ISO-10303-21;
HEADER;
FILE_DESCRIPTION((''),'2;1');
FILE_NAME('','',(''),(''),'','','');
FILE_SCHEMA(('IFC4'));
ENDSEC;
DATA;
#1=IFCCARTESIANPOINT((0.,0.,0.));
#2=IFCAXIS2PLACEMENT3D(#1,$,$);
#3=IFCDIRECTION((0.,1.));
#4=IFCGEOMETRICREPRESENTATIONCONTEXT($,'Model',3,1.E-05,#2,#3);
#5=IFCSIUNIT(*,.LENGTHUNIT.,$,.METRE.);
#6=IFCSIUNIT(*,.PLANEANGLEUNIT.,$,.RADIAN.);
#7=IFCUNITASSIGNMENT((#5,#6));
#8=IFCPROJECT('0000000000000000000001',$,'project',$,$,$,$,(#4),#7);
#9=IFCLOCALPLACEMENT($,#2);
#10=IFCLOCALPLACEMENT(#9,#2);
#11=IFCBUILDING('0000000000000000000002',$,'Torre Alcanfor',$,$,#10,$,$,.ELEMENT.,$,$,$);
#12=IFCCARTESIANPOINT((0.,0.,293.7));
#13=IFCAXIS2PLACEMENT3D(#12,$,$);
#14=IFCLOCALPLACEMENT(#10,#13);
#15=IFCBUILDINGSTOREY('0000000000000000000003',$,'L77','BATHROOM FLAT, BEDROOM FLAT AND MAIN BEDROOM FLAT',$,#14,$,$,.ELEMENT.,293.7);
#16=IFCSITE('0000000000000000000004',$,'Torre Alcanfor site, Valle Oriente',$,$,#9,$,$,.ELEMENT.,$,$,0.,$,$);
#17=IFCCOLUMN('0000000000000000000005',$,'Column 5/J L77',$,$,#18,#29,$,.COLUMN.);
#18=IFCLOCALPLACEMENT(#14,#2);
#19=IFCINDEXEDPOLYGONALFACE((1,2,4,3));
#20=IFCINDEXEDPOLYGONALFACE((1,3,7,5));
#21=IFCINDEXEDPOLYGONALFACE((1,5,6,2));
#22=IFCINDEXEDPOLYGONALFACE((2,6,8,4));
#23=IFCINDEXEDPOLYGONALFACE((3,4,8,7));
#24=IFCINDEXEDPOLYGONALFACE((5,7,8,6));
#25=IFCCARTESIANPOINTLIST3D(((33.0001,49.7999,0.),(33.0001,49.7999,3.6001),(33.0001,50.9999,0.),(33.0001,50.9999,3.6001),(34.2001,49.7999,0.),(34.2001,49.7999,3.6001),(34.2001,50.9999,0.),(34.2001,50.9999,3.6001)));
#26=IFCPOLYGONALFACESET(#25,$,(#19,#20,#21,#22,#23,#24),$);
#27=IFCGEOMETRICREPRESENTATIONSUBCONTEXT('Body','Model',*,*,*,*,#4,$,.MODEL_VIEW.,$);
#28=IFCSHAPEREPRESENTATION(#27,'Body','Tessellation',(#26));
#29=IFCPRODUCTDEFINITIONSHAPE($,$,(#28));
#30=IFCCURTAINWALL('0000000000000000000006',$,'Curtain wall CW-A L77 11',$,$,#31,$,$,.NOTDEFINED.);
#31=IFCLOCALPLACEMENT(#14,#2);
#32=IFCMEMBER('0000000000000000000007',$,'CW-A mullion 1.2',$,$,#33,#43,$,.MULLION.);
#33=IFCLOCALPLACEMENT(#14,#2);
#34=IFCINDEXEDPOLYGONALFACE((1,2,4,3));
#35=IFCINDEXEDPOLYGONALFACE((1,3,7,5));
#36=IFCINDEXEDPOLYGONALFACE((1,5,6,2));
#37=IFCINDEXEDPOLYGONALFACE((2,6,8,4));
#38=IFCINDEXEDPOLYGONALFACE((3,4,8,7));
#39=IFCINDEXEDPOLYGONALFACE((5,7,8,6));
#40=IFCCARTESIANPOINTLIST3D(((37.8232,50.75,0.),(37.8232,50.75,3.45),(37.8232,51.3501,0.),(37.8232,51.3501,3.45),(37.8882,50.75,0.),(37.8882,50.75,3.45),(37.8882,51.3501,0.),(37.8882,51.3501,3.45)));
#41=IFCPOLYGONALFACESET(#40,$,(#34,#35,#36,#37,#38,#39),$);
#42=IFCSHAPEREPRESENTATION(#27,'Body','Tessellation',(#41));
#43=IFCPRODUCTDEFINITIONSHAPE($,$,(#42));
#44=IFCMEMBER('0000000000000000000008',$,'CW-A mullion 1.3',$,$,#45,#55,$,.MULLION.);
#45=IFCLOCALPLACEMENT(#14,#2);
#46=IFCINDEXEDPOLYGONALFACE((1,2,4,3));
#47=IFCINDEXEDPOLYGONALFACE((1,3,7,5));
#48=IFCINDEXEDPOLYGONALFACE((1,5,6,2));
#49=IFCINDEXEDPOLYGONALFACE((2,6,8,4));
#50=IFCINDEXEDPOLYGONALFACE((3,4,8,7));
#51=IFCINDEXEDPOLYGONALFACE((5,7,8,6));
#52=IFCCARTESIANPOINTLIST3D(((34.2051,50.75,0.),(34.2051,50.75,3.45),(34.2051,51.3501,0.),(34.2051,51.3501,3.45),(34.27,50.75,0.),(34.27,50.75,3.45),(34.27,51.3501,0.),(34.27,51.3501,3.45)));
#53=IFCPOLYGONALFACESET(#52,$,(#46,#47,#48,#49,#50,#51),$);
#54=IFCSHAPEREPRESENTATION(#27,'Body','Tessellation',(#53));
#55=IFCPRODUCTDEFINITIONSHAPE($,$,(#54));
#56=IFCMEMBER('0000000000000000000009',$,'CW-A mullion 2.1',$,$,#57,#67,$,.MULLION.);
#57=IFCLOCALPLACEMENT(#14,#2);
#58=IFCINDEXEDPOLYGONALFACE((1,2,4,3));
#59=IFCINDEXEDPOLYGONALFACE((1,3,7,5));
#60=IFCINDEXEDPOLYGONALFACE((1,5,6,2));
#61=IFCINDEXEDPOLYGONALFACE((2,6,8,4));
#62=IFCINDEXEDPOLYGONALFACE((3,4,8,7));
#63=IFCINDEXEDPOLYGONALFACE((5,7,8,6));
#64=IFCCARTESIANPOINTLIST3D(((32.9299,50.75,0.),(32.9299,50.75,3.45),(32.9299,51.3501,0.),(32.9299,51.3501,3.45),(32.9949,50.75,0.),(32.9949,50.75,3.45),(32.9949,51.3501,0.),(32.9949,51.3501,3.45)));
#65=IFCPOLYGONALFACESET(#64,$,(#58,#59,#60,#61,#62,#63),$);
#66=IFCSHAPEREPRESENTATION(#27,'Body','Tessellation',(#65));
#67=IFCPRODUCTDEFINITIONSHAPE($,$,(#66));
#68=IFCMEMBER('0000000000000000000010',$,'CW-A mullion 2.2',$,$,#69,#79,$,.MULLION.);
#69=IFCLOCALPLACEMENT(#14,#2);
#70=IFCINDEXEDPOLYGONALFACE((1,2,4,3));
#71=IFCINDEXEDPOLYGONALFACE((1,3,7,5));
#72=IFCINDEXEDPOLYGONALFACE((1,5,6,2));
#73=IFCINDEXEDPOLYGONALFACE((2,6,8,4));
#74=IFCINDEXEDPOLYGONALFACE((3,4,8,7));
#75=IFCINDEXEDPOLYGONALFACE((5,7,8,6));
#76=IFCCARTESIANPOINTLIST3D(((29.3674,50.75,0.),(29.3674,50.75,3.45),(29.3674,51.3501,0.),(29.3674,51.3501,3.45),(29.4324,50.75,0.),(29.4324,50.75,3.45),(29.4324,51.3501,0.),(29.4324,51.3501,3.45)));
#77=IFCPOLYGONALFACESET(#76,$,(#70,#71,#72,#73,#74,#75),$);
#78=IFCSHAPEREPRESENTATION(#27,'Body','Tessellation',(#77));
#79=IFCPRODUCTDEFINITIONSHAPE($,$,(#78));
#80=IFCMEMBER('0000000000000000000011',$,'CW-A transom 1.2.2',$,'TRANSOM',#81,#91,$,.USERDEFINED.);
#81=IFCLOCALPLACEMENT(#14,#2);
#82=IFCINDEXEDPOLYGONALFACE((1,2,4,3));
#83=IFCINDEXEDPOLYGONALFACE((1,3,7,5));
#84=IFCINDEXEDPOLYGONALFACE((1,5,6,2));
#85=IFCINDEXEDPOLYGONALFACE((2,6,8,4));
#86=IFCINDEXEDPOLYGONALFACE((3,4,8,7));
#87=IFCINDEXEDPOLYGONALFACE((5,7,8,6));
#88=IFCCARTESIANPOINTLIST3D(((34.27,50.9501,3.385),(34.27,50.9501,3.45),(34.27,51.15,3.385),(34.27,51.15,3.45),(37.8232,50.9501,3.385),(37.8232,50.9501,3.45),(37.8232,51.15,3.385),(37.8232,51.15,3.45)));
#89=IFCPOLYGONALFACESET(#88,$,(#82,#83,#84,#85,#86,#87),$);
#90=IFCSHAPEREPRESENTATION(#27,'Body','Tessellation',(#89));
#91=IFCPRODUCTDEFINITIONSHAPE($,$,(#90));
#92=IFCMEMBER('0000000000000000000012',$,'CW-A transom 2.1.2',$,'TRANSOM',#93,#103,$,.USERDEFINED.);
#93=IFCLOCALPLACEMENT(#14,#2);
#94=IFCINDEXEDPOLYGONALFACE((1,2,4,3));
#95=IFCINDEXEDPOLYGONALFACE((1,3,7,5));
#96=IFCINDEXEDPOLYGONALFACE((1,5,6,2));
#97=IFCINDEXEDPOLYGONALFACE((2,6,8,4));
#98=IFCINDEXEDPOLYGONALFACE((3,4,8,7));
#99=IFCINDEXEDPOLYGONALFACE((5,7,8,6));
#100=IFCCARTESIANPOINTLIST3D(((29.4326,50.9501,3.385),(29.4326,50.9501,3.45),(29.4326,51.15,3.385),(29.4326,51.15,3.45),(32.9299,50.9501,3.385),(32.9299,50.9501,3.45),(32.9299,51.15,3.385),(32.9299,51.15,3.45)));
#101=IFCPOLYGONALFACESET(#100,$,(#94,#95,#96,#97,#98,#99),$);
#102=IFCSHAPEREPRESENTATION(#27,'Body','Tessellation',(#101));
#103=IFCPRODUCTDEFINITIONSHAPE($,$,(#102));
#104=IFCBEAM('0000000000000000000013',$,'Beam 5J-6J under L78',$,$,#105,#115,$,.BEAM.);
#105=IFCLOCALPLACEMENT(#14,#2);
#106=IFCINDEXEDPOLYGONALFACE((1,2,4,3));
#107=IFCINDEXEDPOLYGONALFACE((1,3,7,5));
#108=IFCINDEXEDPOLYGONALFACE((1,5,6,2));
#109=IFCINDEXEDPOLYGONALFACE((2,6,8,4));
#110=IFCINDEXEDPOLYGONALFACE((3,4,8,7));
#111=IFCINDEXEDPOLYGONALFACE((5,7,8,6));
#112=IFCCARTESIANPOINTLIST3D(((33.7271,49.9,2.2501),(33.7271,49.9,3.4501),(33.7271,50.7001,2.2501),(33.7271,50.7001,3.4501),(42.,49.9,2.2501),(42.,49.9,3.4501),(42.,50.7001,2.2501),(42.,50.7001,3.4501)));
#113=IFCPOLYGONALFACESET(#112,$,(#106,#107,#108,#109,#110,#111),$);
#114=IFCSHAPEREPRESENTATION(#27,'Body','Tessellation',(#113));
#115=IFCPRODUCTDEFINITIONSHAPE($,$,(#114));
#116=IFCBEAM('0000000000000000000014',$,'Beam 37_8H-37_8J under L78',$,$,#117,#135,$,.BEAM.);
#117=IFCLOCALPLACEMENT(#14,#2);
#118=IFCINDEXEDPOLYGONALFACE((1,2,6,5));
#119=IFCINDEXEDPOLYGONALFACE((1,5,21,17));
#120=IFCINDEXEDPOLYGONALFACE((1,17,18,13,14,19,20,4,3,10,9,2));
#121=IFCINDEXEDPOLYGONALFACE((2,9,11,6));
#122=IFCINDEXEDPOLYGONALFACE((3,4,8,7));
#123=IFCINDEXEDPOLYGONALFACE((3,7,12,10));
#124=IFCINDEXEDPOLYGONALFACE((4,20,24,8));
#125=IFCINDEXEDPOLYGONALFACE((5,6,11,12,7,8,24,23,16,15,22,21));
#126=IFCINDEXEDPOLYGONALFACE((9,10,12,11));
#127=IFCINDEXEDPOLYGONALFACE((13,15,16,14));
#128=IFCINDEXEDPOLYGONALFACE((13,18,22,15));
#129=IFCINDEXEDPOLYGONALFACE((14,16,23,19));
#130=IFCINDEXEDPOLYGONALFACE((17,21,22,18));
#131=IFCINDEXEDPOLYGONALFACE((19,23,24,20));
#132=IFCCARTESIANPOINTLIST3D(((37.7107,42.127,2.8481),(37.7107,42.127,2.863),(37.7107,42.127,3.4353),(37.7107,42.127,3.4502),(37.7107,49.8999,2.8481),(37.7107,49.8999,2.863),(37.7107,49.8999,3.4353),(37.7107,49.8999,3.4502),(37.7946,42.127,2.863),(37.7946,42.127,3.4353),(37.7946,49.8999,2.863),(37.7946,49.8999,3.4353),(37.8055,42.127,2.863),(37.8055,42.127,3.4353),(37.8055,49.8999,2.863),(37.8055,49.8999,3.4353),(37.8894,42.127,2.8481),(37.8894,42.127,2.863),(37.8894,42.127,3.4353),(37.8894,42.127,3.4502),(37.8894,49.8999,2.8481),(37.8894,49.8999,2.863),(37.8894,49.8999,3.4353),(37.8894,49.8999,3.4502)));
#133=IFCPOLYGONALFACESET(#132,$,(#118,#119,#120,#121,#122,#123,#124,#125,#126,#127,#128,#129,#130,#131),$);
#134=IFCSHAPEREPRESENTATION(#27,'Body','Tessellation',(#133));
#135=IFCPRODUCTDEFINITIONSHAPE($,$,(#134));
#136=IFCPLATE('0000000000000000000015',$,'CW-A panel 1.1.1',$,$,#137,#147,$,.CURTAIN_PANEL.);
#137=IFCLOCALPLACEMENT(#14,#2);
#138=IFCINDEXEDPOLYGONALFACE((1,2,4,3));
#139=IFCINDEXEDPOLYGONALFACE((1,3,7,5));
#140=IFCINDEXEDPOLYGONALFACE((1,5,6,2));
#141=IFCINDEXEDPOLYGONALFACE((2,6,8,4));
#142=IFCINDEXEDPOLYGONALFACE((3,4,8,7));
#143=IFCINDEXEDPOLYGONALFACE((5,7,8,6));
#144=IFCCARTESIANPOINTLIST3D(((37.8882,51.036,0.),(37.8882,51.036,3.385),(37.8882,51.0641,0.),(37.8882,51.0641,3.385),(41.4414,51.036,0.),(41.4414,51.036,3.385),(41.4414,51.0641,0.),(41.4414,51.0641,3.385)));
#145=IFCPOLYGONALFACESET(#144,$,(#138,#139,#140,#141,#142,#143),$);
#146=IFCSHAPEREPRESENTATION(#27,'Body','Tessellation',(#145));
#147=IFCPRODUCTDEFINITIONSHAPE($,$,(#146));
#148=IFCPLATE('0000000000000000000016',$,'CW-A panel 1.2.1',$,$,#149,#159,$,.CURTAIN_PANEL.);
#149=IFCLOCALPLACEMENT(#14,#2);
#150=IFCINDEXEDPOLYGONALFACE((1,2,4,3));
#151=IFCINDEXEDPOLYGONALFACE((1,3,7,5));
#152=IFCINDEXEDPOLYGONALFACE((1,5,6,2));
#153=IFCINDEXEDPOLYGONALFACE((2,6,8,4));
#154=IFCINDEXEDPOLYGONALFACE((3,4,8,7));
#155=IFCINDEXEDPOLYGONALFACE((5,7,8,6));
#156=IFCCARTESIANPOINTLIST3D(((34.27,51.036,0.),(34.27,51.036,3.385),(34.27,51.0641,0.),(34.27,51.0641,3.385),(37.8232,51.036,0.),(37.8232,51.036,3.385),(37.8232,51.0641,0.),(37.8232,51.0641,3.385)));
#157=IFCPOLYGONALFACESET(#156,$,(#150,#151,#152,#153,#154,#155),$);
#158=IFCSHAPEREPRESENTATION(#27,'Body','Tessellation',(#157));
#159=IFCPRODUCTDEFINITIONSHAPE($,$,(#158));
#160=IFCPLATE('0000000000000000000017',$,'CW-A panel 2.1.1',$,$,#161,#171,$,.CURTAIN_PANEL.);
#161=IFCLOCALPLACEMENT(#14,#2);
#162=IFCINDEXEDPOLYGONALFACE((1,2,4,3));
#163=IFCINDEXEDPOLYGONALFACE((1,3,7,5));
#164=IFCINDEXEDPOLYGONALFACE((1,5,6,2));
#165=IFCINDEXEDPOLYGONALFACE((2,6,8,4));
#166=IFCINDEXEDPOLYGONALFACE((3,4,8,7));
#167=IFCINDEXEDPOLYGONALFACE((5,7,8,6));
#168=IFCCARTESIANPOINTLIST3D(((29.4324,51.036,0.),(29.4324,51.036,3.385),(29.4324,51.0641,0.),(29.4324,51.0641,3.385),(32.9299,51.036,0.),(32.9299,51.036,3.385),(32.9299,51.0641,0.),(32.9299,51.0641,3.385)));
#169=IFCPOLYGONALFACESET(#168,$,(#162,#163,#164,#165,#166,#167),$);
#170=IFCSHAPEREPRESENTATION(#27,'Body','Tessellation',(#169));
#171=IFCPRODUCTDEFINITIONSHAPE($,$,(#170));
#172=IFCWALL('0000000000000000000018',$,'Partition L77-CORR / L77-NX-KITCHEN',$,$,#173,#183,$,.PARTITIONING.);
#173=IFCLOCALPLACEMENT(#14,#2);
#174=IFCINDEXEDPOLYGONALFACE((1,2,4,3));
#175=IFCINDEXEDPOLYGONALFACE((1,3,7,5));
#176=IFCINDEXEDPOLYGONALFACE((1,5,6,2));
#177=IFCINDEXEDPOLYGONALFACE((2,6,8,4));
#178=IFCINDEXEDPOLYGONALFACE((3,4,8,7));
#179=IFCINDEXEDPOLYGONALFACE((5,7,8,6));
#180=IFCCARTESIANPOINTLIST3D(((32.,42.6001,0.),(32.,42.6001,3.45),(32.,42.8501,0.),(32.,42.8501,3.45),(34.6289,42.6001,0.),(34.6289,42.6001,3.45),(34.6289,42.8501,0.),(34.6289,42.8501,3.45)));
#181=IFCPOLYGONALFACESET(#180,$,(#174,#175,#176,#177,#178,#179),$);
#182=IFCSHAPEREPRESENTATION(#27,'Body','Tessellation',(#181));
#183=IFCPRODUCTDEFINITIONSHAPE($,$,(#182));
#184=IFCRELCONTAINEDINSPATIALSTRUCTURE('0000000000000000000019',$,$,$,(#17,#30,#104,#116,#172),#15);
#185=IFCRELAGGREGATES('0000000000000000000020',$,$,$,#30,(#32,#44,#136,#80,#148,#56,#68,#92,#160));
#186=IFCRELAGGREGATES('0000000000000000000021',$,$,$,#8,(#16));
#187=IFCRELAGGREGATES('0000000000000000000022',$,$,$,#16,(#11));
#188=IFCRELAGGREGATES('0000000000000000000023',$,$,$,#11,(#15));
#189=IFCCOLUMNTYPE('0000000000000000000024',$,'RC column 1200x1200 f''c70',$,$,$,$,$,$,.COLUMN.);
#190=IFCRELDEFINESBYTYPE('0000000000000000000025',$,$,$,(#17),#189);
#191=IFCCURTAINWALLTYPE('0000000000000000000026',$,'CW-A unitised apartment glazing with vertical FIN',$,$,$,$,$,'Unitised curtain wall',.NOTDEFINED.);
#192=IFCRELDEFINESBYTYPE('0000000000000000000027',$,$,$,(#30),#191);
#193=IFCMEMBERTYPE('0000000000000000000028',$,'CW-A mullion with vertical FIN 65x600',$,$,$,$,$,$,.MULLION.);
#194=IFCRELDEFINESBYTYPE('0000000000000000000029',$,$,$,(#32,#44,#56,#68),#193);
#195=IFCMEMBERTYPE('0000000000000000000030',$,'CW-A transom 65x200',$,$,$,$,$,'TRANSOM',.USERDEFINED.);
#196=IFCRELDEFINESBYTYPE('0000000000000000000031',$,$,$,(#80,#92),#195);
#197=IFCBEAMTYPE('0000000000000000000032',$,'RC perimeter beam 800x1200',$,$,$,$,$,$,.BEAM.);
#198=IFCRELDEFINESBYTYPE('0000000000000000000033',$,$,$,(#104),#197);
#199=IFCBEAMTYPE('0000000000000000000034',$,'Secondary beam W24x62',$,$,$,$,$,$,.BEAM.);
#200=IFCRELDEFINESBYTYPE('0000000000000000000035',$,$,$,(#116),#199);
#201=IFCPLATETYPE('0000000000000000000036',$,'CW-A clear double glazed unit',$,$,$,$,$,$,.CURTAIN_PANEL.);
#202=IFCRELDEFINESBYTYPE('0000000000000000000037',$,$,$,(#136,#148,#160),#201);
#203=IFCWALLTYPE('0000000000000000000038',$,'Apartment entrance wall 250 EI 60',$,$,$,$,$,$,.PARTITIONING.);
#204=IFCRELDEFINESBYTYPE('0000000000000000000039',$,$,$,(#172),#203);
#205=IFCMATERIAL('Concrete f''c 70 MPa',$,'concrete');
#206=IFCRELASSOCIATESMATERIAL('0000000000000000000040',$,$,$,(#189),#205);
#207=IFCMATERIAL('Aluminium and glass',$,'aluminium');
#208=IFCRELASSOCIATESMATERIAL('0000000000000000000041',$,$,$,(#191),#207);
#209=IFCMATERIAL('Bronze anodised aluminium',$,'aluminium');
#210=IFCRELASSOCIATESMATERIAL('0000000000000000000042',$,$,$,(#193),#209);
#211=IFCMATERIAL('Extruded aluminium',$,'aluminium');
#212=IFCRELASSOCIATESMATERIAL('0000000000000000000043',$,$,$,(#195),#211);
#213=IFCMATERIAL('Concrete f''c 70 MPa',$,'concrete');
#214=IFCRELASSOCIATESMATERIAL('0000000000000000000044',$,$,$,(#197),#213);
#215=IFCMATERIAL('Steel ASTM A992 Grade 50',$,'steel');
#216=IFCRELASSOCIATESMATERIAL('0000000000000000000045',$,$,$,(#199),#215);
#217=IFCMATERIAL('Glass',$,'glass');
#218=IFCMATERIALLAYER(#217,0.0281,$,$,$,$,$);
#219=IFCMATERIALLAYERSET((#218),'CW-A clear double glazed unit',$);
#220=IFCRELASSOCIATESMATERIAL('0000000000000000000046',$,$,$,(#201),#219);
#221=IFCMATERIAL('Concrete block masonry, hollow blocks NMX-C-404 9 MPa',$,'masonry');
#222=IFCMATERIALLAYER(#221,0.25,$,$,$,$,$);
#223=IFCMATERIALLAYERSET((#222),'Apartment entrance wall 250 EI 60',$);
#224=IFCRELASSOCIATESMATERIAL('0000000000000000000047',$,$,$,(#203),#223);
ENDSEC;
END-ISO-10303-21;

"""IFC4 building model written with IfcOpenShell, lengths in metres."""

from ifc_helpers import new_model, si_unit, direction, frame, frame_2d, origin, origin_2d, place, context, subcontext, project, spatial, rectangle, i_section, extrude, material, layer, layer_set, material_profile, profile_set, type_object, element, aggregate, save


model = new_model("IFC4")

# Units and contexts
model_context = context("Model", 3, precision=1e-05, world=origin(), true_north=direction((0.0, 1.0)))
body_context = subcontext(model_context, "Body", "Model", "MODEL_VIEW")
ifc_project = project(units=[si_unit("LENGTHUNIT", "METRE"), si_unit("PLANEANGLEUNIT", "RADIAN")], contexts=[model_context])

# Site, building, storey
site_placement = place(None, origin())
site = spatial("IfcSite", under=ifc_project, at=site_placement, Name="Torre Alcanfor site, Valle Oriente", CompositionType="ELEMENT", RefElevation=0.0)
building_placement = place(site_placement, origin())
building = spatial("IfcBuilding", under=site, at=building_placement, Name="Torre Alcanfor", CompositionType="ELEMENT")
storey_placement = place(building_placement, frame((0.0, 0.0, 293.7)))
storey = spatial("IfcBuildingStorey", under=building, at=storey_placement, Name="L77", Description="BATHROOM FLAT, BEDROOM FLAT AND MAIN BEDROOM FLAT", CompositionType="ELEMENT", Elevation=293.7)

# Column
ifc_material_1 = material(Name="Concrete f'c 70 MPa", Category="concrete")
ifc_material_profile_1 = material_profile(ifc_material_1, rectangle(XDim=1.2, YDim=1.2, at=origin_2d()), Name="1200x1200")
ifc_profile_set_1 = profile_set([ifc_material_profile_1], Name="Concrete f'c 70 MPa")
column_type = type_object("IfcColumnType", Name="RC column 1200x1200 f'c70", PredefinedType="COLUMN", material=ifc_profile_set_1)
column_placement = place(storey_placement, frame((33.6001, 50.3999, 0.0), z_axis=(0.0, 0.0, 1.0), x_axis=(1.0, 0.0, 0.0)))
element("IfcColumn", 1, at=column_placement, inside=storey, type_object=column_type, Name="Column 5/J L77", PredefinedType="COLUMN", context=body_context, shape_type="SweptSolid", body=[
    extrude(rectangle(XDim=1.2, YDim=1.2, at=origin_2d()), origin(), (0.0, 0.0, 1.0), 3.6001),
])

# Curtain wall, members
ifc_material_2 = material(Name="Aluminium and glass", Category="aluminium")
curtain_wall_type = type_object("IfcCurtainWallType", Name="CW-A unitised apartment glazing with vertical FIN", ElementType="Unitised curtain wall", PredefinedType="NOTDEFINED", material=ifc_material_2)
curtain_wall_placement = place(storey_placement, origin())
curtain_wall = element("IfcCurtainWall", 2, at=curtain_wall_placement, inside=storey, type_object=curtain_wall_type, Name="Curtain wall CW-A L77 11", PredefinedType="NOTDEFINED")
ifc_material_3 = material(Name="Bronze anodised aluminium", Category="aluminium")
ifc_material_profile_2 = material_profile(ifc_material_3, rectangle(XDim=0.6001, YDim=0.0649, at=origin_2d()), Name="CW-A mullion 65x600")
ifc_profile_set_2 = profile_set([ifc_material_profile_2], Name="Bronze anodised aluminium")
member_type_1 = type_object("IfcMemberType", Name="CW-A mullion with vertical FIN 65x600", PredefinedType="MULLION", material=ifc_profile_set_2)
member_1_placement = place(storey_placement, frame((37.8557, 51.05, 0.0), z_axis=(0.0, 0.0, 1.0), x_axis=(0.0, -1.0, 0.0)))
member_1 = element("IfcMember", 3, at=member_1_placement, type_object=member_type_1, Name="CW-A mullion 1.2", PredefinedType="MULLION", context=body_context, shape_type="SweptSolid", body=[
    extrude(rectangle(XDim=0.6001, YDim=0.0649, at=origin_2d()), origin(), (0.0, 0.0, 1.0), 3.45),
])
member_2_placement = place(storey_placement, frame((34.2375, 51.05, 0.0), z_axis=(0.0, 0.0, 1.0), x_axis=(0.0, -1.0, 0.0)))
member_2 = element("IfcMember", 4, at=member_2_placement, type_object=member_type_1, Name="CW-A mullion 1.3", PredefinedType="MULLION", context=body_context, shape_type="SweptSolid", body=[
    extrude(rectangle(XDim=0.6001, YDim=0.0649, at=origin_2d()), origin(), (0.0, 0.0, 1.0), 3.45),
])
member_3_placement = place(storey_placement, frame((32.9624, 51.05, 0.0), z_axis=(0.0, 0.0, 1.0), x_axis=(0.0, -1.0, 0.0)))
member_3 = element("IfcMember", 5, at=member_3_placement, type_object=member_type_1, Name="CW-A mullion 2.1", PredefinedType="MULLION", context=body_context, shape_type="SweptSolid", body=[
    extrude(rectangle(XDim=0.6001, YDim=0.0649, at=origin_2d()), origin(), (0.0, 0.0, 1.0), 3.45),
])
member_4_placement = place(storey_placement, frame((29.3999, 51.05, 0.0), z_axis=(0.0, 0.0, 1.0), x_axis=(0.0, -1.0, 0.0)))
member_4 = element("IfcMember", 6, at=member_4_placement, type_object=member_type_1, Name="CW-A mullion 2.2", PredefinedType="MULLION", context=body_context, shape_type="SweptSolid", body=[
    extrude(rectangle(XDim=0.6001, YDim=0.0649, at=origin_2d()), origin(), (0.0, 0.0, 1.0), 3.45),
])
ifc_material_4 = material(Name="Extruded aluminium", Category="aluminium")
ifc_material_profile_3 = material_profile(ifc_material_4, rectangle(XDim=0.2, YDim=0.0649, at=origin_2d()), Name="CW-A transom 200x65")
ifc_profile_set_3 = profile_set([ifc_material_profile_3], Name="Extruded aluminium")
member_type_2 = type_object("IfcMemberType", Name="CW-A transom 65x200", ElementType="TRANSOM", PredefinedType="USERDEFINED", material=ifc_profile_set_3)
member_5_placement = place(storey_placement, frame((37.8232, 51.05, 3.4175), z_axis=(-1.0, 0.0, 0.0), x_axis=(0.0, -1.0, 0.0)))
member_5 = element("IfcMember", 7, at=member_5_placement, type_object=member_type_2, Name="CW-A transom 1.2.2", ObjectType="TRANSOM", PredefinedType="USERDEFINED", context=body_context, shape_type="SweptSolid", body=[
    extrude(rectangle(XDim=0.2, YDim=0.0649, at=origin_2d()), origin(), (0.0, 0.0, 1.0), 3.5532),
])
member_6_placement = place(storey_placement, frame((32.9299, 51.05, 3.4175), z_axis=(-1.0, 0.0, 0.0), x_axis=(0.0, -1.0, 0.0)))
member_6 = element("IfcMember", 8, at=member_6_placement, type_object=member_type_2, Name="CW-A transom 2.1.2", ObjectType="TRANSOM", PredefinedType="USERDEFINED", context=body_context, shape_type="SweptSolid", body=[
    extrude(rectangle(XDim=0.2, YDim=0.0649, at=origin_2d()), origin(), (0.0, 0.0, 1.0), 3.4973),
])

# Beams
ifc_material_5 = material(Name="Concrete f'c 70 MPa", Category="concrete")
ifc_material_profile_4 = material_profile(ifc_material_5, rectangle(XDim=0.8, YDim=1.2, at=origin_2d()), Name="800x1200")
ifc_profile_set_4 = profile_set([ifc_material_profile_4], Name="Concrete f'c 70 MPa")
beam_type_1 = type_object("IfcBeamType", Name="RC perimeter beam 800x1200", PredefinedType="BEAM", material=ifc_profile_set_4)
beam_1_placement = place(storey_placement, frame((33.7271, 50.3, 2.8501), z_axis=(1.0, 0.0, 0.0), x_axis=(0.0, 1.0, 0.0)))
element("IfcBeam", 9, at=beam_1_placement, inside=storey, type_object=beam_type_1, Name="Beam 5J-6J under L78", PredefinedType="BEAM", context=body_context, shape_type="SweptSolid", body=[
    extrude(rectangle(XDim=0.8, YDim=1.2, at=origin_2d()), origin(), (0.0, 0.0, 1.0), 8.2729),
])
ifc_material_6 = material(Name="Steel ASTM A992 Grade 50", Category="steel")
ifc_material_profile_5 = material_profile(ifc_material_6, i_section(OverallWidth=0.1787, OverallDepth=0.6021, WebThickness=0.011, FlangeThickness=0.0149, at=origin_2d()), Name="W24x62")
ifc_profile_set_5 = profile_set([ifc_material_profile_5], Name="Steel ASTM A992 Grade 50")
beam_type_2 = type_object("IfcBeamType", Name="Secondary beam W24x62", PredefinedType="BEAM", material=ifc_profile_set_5)
beam_2_placement = place(storey_placement, frame((37.8, 42.127, 3.1492), z_axis=(0.0, 1.0, 0.0), x_axis=(-1.0, 0.0, 0.0)))
element("IfcBeam", 10, at=beam_2_placement, inside=storey, type_object=beam_type_2, Name="Beam 37_8H-37_8J under L78", PredefinedType="BEAM", context=body_context, shape_type="SweptSolid", body=[
    extrude(i_section(OverallWidth=0.1787, OverallDepth=0.6021, WebThickness=0.011, FlangeThickness=0.0149, at=origin_2d()), origin(), (0.0, 0.0, 1.0), 7.7729),
])

# Plates
ifc_material_7 = material(Name="Glass", Category="glass")
ifc_layer_1 = layer(ifc_material_7, 0.0281)
ifc_layer_set_1 = layer_set([ifc_layer_1], Name="CW-A clear double glazed unit")
plate_type = type_object("IfcPlateType", Name="CW-A clear double glazed unit", PredefinedType="CURTAIN_PANEL", material=ifc_layer_set_1)
plate_1_placement = place(storey_placement, frame((39.6648, 51.05, 0.0), z_axis=(0.0, 0.0, 1.0), x_axis=(-1.0, 0.0, 0.0)))
plate_1 = element("IfcPlate", 11, at=plate_1_placement, type_object=plate_type, Name="CW-A panel 1.1.1", PredefinedType="CURTAIN_PANEL", context=body_context, shape_type="SweptSolid", body=[
    extrude(rectangle(XDim=3.5532, YDim=0.0281, at=origin_2d()), origin(), (0.0, 0.0, 1.0), 3.385),
])
plate_2_placement = place(storey_placement, frame((36.0466, 51.05, 0.0), z_axis=(0.0, 0.0, 1.0), x_axis=(-1.0, 0.0, 0.0)))
plate_2 = element("IfcPlate", 12, at=plate_2_placement, type_object=plate_type, Name="CW-A panel 1.2.1", PredefinedType="CURTAIN_PANEL", context=body_context, shape_type="SweptSolid", body=[
    extrude(rectangle(XDim=3.5532, YDim=0.0281, at=origin_2d()), origin(), (0.0, 0.0, 1.0), 3.385),
])
plate_3_placement = place(storey_placement, frame((31.1812, 51.05, 0.0), z_axis=(0.0, 0.0, 1.0), x_axis=(-1.0, 0.0, 0.0)))
plate_3 = element("IfcPlate", 13, at=plate_3_placement, type_object=plate_type, Name="CW-A panel 2.1.1", PredefinedType="CURTAIN_PANEL", context=body_context, shape_type="SweptSolid", body=[
    extrude(rectangle(XDim=3.4976, YDim=0.0281, at=origin_2d()), origin(), (0.0, 0.0, 1.0), 3.385),
])
aggregate(curtain_wall, [member_1, member_2, plate_1, member_5, plate_2, member_3, member_4, member_6, plate_3])

# Wall
ifc_material_8 = material(Name="Concrete block masonry, hollow blocks NMX-C-404 9 MPa", Category="masonry")
ifc_layer_2 = layer(ifc_material_8, 0.25)
ifc_layer_set_2 = layer_set([ifc_layer_2], Name="Apartment entrance wall 250 EI 60")
wall_type_1 = type_object("IfcWallType", Name="Apartment entrance wall 250 EI 60", PredefinedType="PARTITIONING", material=ifc_layer_set_2)
wall_1_placement = place(storey_placement, frame((32.0, 42.7251, 0.0), z_axis=(0.0, 0.0, 1.0), x_axis=(1.0, 0.0, 0.0)))
element("IfcWall", 14, at=wall_1_placement, inside=storey, type_object=wall_type_1, Name="Partition L77-CORR / L77-NX-KITCHEN", PredefinedType="PARTITIONING", context=body_context, shape_type="SweptSolid", body=[
    extrude(rectangle(XDim=2.6289, YDim=0.25, at=frame_2d((1.3145, 0.0))), origin(), (0.0, 0.0, 1.0), 3.45),
])

save(model, "model.ifc")
